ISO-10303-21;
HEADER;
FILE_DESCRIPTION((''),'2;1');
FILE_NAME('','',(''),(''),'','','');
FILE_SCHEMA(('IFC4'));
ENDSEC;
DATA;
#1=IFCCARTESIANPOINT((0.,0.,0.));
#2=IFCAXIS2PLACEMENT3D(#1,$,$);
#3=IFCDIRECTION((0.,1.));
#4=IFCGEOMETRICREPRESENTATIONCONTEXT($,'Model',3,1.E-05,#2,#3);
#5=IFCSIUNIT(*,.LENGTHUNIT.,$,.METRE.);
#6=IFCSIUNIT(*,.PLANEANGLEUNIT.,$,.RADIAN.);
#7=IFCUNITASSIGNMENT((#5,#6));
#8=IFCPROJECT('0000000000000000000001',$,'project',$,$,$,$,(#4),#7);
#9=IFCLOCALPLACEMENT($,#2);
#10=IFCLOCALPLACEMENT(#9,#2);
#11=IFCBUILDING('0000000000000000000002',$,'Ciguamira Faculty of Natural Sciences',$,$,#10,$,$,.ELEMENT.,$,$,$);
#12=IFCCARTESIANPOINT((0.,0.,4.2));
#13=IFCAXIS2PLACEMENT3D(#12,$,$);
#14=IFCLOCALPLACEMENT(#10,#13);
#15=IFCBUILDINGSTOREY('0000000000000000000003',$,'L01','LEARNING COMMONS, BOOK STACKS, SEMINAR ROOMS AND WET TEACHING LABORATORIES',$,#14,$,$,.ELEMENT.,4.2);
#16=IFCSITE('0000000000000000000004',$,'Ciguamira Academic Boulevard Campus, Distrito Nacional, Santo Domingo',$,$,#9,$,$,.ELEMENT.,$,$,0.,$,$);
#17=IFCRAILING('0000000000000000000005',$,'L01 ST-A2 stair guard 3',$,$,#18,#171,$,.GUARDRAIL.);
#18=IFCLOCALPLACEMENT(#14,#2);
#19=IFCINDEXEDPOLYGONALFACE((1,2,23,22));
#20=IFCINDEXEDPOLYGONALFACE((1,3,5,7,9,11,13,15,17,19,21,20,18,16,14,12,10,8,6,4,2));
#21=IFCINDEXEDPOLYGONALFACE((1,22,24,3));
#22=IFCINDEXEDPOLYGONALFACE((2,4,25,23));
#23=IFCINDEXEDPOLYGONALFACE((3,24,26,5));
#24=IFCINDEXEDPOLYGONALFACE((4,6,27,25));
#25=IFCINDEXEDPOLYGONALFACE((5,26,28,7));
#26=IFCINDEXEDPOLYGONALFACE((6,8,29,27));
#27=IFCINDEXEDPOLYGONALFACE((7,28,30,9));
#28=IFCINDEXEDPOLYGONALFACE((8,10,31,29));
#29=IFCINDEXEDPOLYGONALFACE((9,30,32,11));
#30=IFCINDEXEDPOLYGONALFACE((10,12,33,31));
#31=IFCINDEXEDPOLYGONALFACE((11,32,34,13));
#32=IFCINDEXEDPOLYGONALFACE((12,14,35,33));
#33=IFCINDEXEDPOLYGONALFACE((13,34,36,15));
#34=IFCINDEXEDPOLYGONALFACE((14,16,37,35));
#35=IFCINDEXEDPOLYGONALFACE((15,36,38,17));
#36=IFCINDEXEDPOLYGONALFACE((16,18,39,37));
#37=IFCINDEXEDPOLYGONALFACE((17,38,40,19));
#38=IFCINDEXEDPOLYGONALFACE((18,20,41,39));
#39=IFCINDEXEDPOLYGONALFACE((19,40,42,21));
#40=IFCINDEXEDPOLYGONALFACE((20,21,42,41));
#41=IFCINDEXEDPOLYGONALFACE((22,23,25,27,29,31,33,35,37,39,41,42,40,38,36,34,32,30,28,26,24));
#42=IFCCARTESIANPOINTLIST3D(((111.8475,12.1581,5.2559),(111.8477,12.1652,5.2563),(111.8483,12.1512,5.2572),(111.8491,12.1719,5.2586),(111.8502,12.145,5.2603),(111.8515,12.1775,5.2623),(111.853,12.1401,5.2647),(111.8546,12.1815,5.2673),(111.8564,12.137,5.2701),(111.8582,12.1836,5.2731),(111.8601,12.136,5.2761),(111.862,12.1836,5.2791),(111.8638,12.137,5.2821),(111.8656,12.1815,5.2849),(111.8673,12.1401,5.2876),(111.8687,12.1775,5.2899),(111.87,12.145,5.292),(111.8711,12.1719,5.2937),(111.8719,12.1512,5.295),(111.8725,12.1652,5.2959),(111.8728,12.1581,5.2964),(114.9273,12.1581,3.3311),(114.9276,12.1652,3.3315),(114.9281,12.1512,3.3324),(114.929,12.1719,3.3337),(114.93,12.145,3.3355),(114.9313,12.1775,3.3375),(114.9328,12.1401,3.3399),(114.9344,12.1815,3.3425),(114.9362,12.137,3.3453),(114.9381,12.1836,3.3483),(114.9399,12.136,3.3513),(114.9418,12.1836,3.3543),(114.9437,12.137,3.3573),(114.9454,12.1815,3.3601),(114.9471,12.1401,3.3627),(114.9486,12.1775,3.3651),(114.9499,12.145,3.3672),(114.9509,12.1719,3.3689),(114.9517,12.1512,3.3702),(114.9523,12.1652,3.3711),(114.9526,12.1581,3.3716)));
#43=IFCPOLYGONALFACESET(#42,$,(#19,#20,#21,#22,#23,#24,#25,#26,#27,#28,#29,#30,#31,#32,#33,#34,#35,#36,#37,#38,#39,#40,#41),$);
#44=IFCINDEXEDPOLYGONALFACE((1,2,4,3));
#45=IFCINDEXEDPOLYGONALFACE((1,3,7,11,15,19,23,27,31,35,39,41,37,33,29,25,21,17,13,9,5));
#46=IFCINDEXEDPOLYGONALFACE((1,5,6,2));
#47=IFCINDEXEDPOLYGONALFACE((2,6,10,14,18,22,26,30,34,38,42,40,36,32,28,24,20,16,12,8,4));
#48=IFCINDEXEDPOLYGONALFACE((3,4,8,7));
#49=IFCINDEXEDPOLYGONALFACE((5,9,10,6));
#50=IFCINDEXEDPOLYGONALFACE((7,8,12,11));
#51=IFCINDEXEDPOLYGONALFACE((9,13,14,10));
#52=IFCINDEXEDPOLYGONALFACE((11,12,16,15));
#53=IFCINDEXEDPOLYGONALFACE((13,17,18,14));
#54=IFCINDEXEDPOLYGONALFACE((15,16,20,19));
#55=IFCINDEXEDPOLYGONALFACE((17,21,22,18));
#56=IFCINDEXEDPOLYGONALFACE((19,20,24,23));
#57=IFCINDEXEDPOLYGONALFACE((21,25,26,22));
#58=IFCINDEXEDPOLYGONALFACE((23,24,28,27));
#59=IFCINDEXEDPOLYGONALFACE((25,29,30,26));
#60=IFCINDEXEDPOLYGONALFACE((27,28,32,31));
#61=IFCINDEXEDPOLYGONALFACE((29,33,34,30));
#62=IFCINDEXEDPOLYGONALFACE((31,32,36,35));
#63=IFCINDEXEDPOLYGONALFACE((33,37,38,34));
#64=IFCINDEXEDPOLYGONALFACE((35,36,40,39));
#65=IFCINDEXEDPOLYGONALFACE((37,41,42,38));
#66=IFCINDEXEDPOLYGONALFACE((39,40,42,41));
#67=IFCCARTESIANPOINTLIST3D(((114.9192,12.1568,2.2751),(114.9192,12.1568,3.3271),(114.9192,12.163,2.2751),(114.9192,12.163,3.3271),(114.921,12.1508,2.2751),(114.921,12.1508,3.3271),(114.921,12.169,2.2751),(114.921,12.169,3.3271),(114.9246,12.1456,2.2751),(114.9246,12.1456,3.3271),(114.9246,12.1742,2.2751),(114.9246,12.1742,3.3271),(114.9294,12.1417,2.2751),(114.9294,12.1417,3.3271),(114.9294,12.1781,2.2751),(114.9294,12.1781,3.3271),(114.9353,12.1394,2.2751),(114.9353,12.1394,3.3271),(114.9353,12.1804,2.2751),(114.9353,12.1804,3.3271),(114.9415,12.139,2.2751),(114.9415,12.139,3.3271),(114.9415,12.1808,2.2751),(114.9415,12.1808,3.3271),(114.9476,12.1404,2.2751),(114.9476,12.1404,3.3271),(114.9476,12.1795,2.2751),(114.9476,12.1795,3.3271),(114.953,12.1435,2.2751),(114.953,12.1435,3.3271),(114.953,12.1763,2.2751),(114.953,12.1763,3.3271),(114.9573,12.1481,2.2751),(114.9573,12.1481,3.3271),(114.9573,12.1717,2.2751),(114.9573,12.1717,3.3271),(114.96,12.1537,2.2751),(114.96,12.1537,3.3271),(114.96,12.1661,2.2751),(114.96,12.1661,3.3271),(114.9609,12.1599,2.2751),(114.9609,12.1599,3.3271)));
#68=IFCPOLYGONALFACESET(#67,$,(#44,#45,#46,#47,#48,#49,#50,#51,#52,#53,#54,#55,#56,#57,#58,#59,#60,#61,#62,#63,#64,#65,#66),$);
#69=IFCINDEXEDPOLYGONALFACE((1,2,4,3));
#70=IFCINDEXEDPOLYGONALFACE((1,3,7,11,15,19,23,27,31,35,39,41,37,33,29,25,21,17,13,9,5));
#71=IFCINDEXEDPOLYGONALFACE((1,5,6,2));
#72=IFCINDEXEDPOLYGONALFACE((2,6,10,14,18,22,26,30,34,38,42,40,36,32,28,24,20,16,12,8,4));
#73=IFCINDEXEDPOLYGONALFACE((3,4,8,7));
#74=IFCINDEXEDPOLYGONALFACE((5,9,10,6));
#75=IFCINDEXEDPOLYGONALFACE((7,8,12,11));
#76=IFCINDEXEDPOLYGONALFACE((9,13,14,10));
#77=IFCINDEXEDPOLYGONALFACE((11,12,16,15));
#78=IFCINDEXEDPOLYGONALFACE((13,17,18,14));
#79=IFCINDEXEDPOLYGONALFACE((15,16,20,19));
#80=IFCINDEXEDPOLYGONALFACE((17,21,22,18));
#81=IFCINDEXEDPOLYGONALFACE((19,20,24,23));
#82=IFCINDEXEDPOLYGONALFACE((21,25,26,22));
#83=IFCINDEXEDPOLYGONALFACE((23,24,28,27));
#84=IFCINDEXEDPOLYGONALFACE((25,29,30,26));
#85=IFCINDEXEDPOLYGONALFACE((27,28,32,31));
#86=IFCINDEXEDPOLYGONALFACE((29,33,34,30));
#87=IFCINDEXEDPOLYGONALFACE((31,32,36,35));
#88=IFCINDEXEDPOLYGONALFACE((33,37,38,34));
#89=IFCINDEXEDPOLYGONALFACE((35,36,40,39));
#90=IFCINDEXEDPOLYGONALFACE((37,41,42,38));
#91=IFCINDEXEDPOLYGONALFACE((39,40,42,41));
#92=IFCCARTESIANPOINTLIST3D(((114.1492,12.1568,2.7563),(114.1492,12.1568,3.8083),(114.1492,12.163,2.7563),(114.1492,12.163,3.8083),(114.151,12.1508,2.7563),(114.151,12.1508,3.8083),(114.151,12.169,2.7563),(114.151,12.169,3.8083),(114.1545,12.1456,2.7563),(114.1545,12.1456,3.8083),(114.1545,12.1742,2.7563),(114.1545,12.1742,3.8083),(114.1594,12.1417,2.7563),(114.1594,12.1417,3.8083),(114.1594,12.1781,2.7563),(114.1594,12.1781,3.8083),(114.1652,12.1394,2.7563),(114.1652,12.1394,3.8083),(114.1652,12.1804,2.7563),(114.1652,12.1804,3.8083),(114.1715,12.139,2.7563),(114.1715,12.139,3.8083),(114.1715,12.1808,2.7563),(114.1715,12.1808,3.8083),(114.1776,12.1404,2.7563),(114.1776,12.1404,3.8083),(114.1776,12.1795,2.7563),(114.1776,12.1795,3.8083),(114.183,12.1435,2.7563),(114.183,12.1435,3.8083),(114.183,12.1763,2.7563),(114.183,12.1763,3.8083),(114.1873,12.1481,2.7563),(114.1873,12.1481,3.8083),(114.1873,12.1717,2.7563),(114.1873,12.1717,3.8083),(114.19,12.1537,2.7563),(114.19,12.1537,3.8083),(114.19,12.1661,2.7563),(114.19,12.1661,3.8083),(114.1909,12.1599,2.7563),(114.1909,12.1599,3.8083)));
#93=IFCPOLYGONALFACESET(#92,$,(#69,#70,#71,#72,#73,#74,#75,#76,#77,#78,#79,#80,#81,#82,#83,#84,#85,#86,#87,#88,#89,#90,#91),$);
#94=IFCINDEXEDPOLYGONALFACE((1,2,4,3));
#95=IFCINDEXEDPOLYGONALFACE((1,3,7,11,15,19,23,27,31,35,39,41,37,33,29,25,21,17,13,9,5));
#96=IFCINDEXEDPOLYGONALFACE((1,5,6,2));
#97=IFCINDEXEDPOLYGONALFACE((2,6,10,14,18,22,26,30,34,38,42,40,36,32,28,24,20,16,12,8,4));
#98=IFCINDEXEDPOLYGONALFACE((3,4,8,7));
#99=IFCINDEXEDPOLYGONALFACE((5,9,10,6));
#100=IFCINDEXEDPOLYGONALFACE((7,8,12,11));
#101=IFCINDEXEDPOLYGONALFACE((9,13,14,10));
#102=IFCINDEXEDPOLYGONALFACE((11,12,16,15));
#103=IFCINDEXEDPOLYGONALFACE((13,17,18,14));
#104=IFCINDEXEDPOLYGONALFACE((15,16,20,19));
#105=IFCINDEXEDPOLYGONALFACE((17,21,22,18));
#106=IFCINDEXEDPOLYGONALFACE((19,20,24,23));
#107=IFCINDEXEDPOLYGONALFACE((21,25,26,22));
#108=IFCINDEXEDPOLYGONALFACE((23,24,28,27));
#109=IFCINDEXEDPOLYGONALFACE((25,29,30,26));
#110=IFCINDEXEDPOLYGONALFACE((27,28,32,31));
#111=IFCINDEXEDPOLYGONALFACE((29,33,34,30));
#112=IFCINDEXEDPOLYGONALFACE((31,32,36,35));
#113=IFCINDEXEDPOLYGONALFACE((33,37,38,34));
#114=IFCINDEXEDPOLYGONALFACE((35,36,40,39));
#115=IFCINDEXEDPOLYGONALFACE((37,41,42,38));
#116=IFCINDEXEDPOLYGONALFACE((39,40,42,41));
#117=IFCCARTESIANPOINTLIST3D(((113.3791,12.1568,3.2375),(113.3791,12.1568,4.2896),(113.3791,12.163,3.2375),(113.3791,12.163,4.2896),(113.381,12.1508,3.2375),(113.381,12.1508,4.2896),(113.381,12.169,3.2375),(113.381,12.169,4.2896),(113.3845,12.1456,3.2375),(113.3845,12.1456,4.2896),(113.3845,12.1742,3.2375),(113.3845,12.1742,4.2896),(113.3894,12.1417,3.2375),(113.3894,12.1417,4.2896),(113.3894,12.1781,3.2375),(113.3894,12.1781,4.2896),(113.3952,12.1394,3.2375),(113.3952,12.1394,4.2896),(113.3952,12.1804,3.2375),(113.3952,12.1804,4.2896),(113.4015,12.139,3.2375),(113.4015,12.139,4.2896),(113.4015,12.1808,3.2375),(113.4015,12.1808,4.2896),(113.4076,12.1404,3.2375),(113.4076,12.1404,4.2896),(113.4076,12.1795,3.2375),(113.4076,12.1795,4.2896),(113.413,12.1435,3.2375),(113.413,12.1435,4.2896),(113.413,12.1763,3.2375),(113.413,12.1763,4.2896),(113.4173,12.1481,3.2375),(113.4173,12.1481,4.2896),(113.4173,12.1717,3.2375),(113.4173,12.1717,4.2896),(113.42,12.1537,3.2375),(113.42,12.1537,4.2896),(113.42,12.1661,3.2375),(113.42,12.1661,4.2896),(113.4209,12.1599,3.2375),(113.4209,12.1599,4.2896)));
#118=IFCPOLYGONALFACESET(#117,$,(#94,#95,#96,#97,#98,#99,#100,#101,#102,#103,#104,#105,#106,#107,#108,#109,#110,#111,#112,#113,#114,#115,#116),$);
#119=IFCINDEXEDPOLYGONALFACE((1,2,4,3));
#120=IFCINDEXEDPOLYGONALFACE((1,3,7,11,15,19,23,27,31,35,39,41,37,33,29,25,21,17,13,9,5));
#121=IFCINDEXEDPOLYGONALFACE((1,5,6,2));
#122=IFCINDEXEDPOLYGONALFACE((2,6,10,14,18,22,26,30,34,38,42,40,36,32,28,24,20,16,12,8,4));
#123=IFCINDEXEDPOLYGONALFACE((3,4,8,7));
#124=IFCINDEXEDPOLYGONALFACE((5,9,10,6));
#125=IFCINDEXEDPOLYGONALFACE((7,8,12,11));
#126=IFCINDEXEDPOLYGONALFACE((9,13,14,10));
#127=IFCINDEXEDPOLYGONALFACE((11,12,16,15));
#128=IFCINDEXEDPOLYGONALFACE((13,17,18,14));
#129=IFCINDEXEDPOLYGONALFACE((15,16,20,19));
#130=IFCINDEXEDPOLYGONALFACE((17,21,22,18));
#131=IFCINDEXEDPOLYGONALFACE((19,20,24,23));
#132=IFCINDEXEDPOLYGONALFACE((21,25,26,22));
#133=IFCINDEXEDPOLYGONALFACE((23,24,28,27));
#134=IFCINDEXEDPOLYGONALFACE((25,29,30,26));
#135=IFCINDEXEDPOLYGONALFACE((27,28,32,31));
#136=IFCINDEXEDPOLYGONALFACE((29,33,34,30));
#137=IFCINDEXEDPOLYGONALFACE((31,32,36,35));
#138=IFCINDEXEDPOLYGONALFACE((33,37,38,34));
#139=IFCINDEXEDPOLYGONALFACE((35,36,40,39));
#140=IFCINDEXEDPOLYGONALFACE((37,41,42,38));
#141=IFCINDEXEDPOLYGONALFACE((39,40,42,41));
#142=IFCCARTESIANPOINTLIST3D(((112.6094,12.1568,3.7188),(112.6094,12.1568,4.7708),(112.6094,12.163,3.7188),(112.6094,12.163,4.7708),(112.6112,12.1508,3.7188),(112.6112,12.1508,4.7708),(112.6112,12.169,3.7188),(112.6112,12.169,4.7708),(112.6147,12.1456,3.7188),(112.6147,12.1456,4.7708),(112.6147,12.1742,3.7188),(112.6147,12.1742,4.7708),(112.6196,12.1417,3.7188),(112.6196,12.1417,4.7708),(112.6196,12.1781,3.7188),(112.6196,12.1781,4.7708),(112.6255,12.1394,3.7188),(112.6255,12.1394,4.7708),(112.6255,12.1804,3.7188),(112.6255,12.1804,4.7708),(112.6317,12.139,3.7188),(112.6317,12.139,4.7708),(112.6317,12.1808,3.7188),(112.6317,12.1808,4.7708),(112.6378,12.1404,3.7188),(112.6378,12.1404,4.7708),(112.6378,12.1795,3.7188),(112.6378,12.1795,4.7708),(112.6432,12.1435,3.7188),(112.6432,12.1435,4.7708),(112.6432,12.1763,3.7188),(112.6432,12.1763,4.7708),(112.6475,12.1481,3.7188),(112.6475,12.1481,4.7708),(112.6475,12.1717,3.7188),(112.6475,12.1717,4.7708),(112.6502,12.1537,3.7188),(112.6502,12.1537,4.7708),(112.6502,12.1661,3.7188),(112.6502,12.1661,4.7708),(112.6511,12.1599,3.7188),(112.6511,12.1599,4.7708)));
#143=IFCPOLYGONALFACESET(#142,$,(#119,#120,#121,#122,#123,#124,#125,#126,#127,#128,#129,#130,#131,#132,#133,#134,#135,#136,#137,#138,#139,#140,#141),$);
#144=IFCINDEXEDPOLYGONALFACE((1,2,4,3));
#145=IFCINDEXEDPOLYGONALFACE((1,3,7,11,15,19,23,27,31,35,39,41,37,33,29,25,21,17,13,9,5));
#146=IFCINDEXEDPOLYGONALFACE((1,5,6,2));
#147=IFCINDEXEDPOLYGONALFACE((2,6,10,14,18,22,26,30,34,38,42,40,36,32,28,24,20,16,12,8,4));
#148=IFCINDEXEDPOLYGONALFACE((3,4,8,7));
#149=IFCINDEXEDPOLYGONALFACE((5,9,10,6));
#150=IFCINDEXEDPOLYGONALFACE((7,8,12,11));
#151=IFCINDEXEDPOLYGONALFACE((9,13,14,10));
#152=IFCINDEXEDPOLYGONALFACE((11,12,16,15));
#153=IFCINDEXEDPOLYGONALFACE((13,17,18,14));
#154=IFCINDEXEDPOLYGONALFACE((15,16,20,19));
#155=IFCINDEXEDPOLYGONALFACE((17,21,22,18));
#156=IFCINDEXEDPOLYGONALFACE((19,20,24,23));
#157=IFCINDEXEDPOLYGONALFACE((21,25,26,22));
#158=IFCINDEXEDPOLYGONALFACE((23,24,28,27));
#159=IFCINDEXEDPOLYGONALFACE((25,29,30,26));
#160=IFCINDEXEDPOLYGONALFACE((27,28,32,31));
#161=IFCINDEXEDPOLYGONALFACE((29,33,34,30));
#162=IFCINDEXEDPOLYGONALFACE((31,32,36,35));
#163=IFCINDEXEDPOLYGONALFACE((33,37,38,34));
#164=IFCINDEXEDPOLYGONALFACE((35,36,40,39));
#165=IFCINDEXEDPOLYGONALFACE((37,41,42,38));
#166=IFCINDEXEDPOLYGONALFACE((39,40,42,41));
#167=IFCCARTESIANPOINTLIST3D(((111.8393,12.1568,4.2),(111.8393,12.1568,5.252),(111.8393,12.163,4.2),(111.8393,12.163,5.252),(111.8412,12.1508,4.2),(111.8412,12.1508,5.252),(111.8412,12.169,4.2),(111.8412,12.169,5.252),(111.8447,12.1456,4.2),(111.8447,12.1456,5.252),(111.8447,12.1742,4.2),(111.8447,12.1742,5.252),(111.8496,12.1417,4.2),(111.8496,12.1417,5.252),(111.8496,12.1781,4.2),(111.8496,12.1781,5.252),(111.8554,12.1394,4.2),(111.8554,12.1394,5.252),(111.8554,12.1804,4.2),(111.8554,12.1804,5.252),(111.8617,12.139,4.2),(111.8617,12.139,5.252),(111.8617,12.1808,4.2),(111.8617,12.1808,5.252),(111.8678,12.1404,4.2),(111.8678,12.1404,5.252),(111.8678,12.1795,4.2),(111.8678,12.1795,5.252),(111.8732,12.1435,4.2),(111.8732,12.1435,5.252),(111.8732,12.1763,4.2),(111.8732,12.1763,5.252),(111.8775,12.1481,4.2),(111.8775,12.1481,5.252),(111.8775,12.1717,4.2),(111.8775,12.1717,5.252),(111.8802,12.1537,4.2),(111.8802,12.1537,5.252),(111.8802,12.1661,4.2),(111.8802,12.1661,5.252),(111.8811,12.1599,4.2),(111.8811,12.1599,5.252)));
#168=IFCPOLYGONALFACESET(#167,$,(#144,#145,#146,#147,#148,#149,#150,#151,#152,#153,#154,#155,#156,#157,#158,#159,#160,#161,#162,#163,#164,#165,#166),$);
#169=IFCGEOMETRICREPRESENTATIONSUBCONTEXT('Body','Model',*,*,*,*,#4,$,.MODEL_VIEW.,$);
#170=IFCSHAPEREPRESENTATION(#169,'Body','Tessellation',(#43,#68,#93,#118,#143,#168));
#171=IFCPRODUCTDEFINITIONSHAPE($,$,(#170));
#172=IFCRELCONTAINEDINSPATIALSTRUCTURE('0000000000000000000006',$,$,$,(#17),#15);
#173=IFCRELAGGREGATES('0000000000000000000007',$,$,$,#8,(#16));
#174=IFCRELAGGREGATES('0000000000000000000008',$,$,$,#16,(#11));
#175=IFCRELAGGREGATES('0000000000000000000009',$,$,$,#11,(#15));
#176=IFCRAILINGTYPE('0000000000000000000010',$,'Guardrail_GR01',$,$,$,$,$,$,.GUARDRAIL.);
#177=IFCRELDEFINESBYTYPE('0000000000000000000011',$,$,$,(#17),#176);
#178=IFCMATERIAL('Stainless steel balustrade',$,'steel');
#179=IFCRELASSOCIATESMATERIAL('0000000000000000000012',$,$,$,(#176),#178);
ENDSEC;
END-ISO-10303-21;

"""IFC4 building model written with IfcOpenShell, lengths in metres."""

from ifc_helpers import new_model, si_unit, direction, frame, origin, origin_2d, place, context, subcontext, project, spatial, circle, extrude, material, type_object, element, save


model = new_model("IFC4")

# Units and contexts
model_context = context("Model", 3, precision=1e-05, world=origin(), true_north=direction((0.0, 1.0)))
body_context = subcontext(model_context, "Body", "Model", "MODEL_VIEW")
ifc_project = project(units=[si_unit("LENGTHUNIT", "METRE"), si_unit("PLANEANGLEUNIT", "RADIAN")], contexts=[model_context])

# Site, building, storey
site_placement = place(None, origin())
site = spatial("IfcSite", under=ifc_project, at=site_placement, Name="Ciguamira Academic Boulevard Campus, Distrito Nacional, Santo Domingo", CompositionType="ELEMENT", RefElevation=0.0)
building_placement = place(site_placement, origin())
building = spatial("IfcBuilding", under=site, at=building_placement, Name="Ciguamira Faculty of Natural Sciences", CompositionType="ELEMENT")
storey_placement = place(building_placement, frame((0.0, 0.0, 4.2)))
storey = spatial("IfcBuildingStorey", under=building, at=storey_placement, Name="L01", Description="LEARNING COMMONS, BOOK STACKS, SEMINAR ROOMS AND WET TEACHING LABORATORIES", CompositionType="ELEMENT", Elevation=4.2)

# Railing
ifc_material_1 = material(Name="Stainless steel balustrade", Category="steel")
railing_type_1 = type_object("IfcRailingType", Name="Guardrail_GR01", PredefinedType="GUARDRAIL", material=ifc_material_1)
railing_1_placement = place(storey_placement, frame((114.9399, 12.1599, 2.2751)))
element("IfcRailing", 1, at=railing_1_placement, inside=storey, type_object=railing_type_1, Name="L01 ST-A2 stair guard 3", PredefinedType="GUARDRAIL", context=body_context, shape_type="SweptSolid", body=[
    extrude(circle(Radius=0.0239, at=origin_2d()), frame((0.0, 0.0, 1.0762), z_axis=(-0.84801, 0.0, 0.529981), x_axis=(0.0, -1.0, 0.0)), (0.0, 0.0, 1.0), 3.6318),
    extrude(circle(Radius=0.021, at=origin_2d()), origin(), (0.0, 0.0, 1.0), 1.052),
    extrude(circle(Radius=0.021, at=origin_2d()), frame((-0.77, 0.0, 0.4812)), (0.0, 0.0, 1.0), 1.052),
    extrude(circle(Radius=0.021, at=origin_2d()), frame((-1.54, 0.0, 0.9624)), (0.0, 0.0, 1.0), 1.052),
    extrude(circle(Radius=0.021, at=origin_2d()), frame((-2.3098, 0.0, 1.4436)), (0.0, 0.0, 1.0), 1.052),
    extrude(circle(Radius=0.021, at=origin_2d()), frame((-3.0798, 0.0, 1.9248)), (0.0, 0.0, 1.0), 1.052),
])

save(model, "model.ifc")
